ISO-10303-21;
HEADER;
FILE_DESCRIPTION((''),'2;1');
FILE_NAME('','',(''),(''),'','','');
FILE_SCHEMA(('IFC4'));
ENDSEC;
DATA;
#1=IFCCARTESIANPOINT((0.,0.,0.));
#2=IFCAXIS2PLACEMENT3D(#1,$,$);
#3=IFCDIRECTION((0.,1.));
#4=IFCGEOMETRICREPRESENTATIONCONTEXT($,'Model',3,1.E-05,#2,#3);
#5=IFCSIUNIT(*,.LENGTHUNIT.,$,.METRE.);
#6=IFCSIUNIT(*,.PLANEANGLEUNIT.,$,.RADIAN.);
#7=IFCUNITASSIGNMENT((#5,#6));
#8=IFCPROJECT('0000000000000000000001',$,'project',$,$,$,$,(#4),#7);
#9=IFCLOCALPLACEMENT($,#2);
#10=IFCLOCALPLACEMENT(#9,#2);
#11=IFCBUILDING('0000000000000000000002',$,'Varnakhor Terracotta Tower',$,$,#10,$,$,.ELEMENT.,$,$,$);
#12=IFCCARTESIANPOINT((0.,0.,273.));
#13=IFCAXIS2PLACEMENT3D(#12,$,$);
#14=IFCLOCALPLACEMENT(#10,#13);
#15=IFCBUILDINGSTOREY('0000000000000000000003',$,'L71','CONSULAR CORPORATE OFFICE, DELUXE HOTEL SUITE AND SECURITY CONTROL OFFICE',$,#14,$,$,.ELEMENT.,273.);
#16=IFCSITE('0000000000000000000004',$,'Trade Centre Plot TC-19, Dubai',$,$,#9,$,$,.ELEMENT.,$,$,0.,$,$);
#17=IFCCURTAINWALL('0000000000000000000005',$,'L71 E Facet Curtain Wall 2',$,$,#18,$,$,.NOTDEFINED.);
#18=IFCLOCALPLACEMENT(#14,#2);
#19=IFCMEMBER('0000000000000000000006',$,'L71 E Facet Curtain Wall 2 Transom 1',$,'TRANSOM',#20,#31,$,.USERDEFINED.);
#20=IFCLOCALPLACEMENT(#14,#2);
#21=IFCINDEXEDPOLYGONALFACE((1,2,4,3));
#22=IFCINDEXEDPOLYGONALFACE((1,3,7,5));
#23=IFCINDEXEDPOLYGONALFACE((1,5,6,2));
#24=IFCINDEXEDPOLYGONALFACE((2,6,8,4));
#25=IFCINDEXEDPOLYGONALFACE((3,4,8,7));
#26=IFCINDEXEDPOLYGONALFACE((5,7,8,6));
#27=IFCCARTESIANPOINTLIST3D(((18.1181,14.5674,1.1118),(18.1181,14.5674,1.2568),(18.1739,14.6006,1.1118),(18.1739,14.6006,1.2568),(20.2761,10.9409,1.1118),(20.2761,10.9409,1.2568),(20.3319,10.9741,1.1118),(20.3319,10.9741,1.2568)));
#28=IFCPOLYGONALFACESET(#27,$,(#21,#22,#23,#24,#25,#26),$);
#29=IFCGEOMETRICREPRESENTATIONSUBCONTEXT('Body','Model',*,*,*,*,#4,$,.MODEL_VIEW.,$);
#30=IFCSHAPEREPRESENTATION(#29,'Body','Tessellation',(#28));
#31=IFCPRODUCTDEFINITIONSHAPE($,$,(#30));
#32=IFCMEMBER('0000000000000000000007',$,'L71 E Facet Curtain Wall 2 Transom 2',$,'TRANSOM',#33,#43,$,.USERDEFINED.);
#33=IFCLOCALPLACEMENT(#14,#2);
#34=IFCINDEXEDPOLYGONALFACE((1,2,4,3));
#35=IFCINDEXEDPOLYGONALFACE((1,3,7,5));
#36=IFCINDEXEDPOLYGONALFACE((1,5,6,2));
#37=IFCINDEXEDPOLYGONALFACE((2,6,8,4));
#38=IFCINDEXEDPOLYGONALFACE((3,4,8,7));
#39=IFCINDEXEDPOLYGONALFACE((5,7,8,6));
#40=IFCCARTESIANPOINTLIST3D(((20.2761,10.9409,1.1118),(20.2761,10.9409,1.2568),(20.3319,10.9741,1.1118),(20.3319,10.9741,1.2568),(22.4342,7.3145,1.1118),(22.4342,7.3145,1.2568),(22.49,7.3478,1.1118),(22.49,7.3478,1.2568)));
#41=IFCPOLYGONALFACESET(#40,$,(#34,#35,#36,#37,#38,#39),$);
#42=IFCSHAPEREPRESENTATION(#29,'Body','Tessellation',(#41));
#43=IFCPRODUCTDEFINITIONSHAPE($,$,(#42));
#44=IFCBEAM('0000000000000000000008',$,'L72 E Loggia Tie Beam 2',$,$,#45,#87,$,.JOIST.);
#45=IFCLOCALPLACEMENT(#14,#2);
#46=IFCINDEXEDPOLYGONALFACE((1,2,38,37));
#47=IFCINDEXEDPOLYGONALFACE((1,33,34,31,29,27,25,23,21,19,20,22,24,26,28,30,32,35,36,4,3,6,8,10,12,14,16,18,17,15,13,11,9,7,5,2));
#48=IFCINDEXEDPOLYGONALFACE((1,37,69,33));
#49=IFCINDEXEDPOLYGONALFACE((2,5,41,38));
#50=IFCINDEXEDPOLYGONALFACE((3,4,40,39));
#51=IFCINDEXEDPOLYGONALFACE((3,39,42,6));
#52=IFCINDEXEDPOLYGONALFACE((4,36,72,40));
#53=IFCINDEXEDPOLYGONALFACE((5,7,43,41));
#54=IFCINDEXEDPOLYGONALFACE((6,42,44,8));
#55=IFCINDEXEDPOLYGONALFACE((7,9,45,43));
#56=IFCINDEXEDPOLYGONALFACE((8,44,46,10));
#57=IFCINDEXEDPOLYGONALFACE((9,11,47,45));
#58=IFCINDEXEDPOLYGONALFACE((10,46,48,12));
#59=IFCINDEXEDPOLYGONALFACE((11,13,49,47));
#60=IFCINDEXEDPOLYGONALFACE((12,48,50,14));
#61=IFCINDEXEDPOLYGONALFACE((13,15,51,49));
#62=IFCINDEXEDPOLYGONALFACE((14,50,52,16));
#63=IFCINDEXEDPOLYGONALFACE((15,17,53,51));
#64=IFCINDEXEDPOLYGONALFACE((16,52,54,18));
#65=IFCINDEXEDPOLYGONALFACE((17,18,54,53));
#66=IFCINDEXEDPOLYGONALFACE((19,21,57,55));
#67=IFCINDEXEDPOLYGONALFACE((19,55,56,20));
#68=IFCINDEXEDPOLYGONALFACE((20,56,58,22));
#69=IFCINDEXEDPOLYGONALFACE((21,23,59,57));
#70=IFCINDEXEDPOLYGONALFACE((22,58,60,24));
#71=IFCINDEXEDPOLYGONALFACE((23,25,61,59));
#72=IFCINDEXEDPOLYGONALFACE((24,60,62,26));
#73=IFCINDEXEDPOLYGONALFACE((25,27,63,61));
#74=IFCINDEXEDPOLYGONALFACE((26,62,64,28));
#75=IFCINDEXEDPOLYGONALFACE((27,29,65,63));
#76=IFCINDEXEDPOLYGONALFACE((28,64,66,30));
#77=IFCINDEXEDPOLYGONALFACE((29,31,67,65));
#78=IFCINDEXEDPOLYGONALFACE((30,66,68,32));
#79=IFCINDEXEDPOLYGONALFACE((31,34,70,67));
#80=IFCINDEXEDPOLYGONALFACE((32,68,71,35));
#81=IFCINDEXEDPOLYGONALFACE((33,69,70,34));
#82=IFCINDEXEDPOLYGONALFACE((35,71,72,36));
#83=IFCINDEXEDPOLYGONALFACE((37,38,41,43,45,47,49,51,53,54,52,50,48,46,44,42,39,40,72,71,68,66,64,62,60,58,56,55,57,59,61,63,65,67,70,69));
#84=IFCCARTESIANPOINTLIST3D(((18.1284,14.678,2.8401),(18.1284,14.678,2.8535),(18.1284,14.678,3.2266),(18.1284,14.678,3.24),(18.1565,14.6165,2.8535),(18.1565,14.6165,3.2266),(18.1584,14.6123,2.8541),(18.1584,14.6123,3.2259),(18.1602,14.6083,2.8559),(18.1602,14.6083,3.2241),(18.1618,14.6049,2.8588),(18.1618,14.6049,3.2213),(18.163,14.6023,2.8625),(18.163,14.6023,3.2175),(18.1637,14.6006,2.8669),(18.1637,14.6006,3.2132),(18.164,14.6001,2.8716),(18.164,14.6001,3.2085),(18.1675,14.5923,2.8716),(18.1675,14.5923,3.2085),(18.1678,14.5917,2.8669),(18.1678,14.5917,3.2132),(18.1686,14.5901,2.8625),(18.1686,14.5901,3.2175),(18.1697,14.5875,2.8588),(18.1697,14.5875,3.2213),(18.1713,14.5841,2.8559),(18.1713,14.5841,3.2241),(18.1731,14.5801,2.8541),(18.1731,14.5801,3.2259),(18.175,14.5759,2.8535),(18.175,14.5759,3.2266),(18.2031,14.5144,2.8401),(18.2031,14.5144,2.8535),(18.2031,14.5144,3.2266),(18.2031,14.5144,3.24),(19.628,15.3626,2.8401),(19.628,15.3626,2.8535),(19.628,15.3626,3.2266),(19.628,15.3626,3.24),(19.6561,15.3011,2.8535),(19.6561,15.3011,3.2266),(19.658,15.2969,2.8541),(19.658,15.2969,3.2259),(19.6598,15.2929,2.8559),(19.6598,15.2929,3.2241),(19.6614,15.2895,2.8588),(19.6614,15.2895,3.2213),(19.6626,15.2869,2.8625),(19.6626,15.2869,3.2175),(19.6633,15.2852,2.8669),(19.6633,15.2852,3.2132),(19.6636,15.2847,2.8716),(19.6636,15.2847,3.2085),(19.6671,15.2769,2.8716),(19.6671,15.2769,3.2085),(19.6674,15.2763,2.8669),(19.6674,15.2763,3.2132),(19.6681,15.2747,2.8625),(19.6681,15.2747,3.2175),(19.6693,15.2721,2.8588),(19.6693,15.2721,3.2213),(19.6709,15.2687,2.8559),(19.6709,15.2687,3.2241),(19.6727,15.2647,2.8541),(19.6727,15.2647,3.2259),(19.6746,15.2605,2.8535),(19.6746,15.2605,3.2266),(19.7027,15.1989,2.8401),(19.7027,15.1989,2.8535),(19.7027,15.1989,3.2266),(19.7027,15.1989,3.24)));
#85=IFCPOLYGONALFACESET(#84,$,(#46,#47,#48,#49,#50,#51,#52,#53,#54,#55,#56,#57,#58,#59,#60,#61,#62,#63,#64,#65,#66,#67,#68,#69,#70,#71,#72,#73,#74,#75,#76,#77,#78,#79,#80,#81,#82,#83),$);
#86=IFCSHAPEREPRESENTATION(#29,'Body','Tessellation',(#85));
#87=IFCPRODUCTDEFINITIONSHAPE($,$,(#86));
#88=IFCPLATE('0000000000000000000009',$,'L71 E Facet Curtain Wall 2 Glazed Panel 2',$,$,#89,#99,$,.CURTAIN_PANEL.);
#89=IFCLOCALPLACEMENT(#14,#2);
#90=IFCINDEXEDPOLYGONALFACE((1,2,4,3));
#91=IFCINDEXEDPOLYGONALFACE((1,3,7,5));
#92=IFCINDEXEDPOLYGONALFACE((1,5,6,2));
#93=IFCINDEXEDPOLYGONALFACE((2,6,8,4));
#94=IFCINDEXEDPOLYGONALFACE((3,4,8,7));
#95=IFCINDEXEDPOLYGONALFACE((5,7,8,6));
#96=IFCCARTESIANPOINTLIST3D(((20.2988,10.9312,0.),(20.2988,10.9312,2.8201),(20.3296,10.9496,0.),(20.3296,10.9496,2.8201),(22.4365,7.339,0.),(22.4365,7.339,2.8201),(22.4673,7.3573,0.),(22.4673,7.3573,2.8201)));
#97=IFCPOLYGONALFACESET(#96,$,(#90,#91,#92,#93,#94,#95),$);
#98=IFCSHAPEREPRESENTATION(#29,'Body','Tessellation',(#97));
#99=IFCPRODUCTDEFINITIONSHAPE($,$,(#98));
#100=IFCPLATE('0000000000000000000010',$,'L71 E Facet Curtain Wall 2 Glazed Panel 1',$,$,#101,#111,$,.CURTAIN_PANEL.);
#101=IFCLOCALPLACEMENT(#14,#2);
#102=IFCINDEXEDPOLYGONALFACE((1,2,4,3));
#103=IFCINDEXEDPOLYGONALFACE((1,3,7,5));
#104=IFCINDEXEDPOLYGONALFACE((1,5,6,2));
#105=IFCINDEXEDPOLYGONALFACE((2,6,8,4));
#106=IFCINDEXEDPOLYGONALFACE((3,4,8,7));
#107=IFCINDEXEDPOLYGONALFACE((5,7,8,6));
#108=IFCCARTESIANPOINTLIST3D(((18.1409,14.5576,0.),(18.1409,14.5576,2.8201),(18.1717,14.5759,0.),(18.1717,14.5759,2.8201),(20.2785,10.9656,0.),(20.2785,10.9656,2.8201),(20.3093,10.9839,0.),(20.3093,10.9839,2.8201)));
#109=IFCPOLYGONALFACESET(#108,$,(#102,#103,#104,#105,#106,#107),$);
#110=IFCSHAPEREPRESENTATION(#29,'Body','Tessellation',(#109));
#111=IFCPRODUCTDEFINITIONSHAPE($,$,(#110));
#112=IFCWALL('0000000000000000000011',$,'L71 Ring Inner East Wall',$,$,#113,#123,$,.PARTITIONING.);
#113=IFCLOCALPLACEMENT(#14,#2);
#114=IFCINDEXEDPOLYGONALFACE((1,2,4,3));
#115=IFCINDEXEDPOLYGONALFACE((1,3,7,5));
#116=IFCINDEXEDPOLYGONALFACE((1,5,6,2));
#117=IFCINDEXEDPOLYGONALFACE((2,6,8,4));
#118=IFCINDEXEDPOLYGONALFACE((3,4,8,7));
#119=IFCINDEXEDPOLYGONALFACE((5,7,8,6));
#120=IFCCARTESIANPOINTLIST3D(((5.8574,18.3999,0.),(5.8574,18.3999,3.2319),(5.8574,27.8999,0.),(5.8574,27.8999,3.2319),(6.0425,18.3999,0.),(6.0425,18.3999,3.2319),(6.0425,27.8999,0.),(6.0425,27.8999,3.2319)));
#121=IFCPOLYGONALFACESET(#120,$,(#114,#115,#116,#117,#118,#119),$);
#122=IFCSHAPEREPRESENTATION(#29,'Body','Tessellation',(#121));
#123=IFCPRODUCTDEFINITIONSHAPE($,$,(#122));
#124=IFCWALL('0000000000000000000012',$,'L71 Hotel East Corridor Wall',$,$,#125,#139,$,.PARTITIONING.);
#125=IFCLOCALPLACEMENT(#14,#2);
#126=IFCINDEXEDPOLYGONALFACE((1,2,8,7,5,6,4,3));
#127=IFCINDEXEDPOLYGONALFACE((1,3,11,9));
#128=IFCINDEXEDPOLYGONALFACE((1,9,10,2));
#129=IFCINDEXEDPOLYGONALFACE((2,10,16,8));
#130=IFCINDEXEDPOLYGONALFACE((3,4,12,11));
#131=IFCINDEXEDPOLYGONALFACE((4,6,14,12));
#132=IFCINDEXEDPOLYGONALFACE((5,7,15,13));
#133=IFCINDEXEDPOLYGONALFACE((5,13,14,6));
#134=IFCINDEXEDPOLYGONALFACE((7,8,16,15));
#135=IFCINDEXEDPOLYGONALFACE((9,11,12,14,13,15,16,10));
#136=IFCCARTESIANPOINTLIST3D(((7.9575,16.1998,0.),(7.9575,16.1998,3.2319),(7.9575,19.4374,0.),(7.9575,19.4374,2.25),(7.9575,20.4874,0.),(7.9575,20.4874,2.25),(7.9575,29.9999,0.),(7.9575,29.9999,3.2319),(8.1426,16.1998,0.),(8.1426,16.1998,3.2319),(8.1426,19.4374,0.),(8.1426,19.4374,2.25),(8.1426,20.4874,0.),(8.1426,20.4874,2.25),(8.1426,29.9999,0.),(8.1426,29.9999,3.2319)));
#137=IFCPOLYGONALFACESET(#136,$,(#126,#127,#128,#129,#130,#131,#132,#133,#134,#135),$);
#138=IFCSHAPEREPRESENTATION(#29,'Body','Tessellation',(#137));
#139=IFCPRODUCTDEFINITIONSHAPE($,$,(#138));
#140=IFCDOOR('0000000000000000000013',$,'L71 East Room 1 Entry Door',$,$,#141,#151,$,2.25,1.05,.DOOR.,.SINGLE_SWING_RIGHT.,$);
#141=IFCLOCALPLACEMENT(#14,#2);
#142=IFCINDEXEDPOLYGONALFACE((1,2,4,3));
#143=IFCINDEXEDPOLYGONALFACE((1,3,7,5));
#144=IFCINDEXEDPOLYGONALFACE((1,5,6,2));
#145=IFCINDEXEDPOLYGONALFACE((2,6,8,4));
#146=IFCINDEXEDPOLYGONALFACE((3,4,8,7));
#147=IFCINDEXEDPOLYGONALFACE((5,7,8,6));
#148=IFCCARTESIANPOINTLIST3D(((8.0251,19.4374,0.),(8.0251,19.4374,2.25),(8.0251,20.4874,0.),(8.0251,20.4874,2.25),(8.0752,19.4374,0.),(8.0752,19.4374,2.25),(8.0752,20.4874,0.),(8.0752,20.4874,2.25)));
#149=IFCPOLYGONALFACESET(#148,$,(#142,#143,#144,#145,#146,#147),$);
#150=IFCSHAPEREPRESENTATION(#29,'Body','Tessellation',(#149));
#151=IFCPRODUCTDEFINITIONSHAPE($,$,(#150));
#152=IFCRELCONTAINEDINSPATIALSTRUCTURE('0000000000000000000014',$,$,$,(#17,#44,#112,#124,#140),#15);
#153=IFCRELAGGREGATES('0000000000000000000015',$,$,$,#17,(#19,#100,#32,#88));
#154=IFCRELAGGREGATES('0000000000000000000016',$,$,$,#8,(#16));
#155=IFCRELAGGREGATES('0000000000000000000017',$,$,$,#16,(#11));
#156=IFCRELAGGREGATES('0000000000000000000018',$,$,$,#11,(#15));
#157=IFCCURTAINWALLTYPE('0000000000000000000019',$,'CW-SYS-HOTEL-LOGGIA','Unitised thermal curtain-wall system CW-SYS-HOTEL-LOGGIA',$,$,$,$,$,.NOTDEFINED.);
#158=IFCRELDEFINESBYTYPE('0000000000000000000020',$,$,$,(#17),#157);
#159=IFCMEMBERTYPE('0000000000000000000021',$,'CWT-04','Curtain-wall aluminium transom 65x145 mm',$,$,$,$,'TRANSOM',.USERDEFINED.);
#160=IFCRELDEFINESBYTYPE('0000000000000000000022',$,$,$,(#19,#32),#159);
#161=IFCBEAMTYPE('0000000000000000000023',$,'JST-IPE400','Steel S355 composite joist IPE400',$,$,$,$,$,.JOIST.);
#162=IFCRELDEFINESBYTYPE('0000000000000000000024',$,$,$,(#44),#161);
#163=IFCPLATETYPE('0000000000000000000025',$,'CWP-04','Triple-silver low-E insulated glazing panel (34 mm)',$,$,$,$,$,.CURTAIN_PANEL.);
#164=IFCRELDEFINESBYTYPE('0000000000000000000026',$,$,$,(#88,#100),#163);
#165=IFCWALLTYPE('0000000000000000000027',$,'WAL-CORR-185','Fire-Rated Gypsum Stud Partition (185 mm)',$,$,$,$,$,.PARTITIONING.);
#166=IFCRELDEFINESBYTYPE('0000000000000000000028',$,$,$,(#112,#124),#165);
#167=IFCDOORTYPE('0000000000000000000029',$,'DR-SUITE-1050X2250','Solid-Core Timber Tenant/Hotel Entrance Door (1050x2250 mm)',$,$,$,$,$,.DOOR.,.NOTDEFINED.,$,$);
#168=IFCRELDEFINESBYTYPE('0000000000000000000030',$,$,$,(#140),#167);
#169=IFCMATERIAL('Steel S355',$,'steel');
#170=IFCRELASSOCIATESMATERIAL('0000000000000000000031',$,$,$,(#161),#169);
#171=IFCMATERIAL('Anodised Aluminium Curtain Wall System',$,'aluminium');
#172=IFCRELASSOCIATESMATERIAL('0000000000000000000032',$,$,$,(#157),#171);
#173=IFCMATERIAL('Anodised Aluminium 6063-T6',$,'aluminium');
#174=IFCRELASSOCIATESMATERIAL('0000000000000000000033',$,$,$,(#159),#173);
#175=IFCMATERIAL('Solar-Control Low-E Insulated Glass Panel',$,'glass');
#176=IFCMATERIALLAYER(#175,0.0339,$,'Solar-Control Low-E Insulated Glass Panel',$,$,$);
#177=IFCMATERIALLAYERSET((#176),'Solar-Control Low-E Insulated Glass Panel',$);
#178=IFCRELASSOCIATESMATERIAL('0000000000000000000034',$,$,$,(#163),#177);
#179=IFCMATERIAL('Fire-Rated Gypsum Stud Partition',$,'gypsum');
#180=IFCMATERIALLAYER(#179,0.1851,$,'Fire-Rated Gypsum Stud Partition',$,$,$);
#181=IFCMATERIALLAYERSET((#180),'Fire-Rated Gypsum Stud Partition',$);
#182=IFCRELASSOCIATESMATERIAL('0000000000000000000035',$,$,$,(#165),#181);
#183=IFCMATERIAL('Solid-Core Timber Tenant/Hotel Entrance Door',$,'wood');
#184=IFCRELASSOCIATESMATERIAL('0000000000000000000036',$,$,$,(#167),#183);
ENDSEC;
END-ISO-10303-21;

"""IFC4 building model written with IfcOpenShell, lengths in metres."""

from ifc_helpers import new_model, si_unit, direction, frame, frame_2d, origin, origin_2d, place, context, subcontext, project, spatial, rectangle, i_section, extrude, source, transform, mapped, material, layer, layer_set, material_profile, profile_set, type_object, type_shapes, element, fill, aggregate, save


model = new_model("IFC4")

# Units and contexts
model_context = context("Model", 3, precision=1e-05, world=origin(), true_north=direction((0.0, 1.0)))
body_context = subcontext(model_context, "Body", "Model", "MODEL_VIEW")
ifc_project = project(units=[si_unit("LENGTHUNIT", "METRE"), si_unit("PLANEANGLEUNIT", "RADIAN")], contexts=[model_context])

# Site, building, storey
site_placement = place(None, origin())
site = spatial("IfcSite", under=ifc_project, at=site_placement, Name="Trade Centre Plot TC-19, Dubai", CompositionType="ELEMENT", RefElevation=0.0)
building_placement = place(site_placement, origin())
building = spatial("IfcBuilding", under=site, at=building_placement, Name="Varnakhor Terracotta Tower", CompositionType="ELEMENT")
storey_placement = place(building_placement, frame((0.0, 0.0, 273.0)))
storey = spatial("IfcBuildingStorey", under=building, at=storey_placement, Name="L71", Description="CONSULAR CORPORATE OFFICE, DELUXE HOTEL SUITE AND SECURITY CONTROL OFFICE", CompositionType="ELEMENT", Elevation=273.0)

# Shared definitions
ifc_material_1 = material(Name="Steel S355", Category="steel")
ifc_material_profile_1 = material_profile(ifc_material_1, i_section(OverallWidth=0.1799, OverallDepth=0.3999, WebThickness=0.0085, FlangeThickness=0.0134, FilletRadius=0.0181, at=origin_2d()), Name="IPE400")
ifc_profile_set_1 = profile_set([ifc_material_profile_1], Name="Steel S355")
beam_type_1 = type_object("IfcBeamType", Name="JST-IPE400", Description="Steel S355 composite joist IPE400", PredefinedType="JOIST", material=ifc_profile_set_1)

# Curtain wall, members
ifc_material_2 = material(Name="Anodised Aluminium Curtain Wall System", Category="aluminium")
curtain_wall_type = type_object("IfcCurtainWallType", Name="CW-SYS-HOTEL-LOGGIA", Description="Unitised thermal curtain-wall system CW-SYS-HOTEL-LOGGIA", PredefinedType="NOTDEFINED", material=ifc_material_2)
curtain_wall_placement = place(storey_placement, origin())
curtain_wall = element("IfcCurtainWall", 1, at=curtain_wall_placement, inside=storey, type_object=curtain_wall_type, Name="L71 E Facet Curtain Wall 2", PredefinedType="NOTDEFINED")
ifc_material_3 = material(Name="Anodised Aluminium 6063-T6", Category="aluminium")
ifc_material_profile_2 = material_profile(ifc_material_3, rectangle(XDim=0.0649, YDim=0.145, at=origin_2d()), Name="ALU TRANSOM 65x145")
ifc_profile_set_2 = profile_set([ifc_material_profile_2], Name="Anodised Aluminium 6063-T6")
member_type_1 = type_object("IfcMemberType", Name="CWT-04", Description="Curtain-wall aluminium transom 65x145 mm", ElementType="TRANSOM", PredefinedType="USERDEFINED", material=ifc_profile_set_2)
shared_shape_1 = source(origin(), body_context, "Body", "SweptSolid", [
    extrude(rectangle(XDim=0.0649, YDim=0.145, at=origin_2d()), origin(), (0.0, 0.0, 1.0), 4.22),
])
member_1_placement = place(storey_placement, frame((18.146, 14.584, 1.1843), z_axis=(0.51137, -0.859361, 0.0), x_axis=(0.859361, 0.51137, 0.0)))
member_1 = element("IfcMember", 2, at=member_1_placement, type_object=member_type_1, Name="L71 E Facet Curtain Wall 2 Transom 1", ObjectType="TRANSOM", PredefinedType="USERDEFINED", context=body_context, shape_type="MappedRepresentation", body=[
    mapped(shared_shape_1, transform((0.0, 0.0, 0.0), scale=1.0)),
])
member_2_placement = place(storey_placement, frame((20.304, 10.9575, 1.1843), z_axis=(0.511413, -0.859335, 0.0), x_axis=(0.859335, 0.511413, 0.0)))
member_2 = element("IfcMember", 3, at=member_2_placement, type_object=member_type_1, Name="L71 E Facet Curtain Wall 2 Transom 2", ObjectType="TRANSOM", PredefinedType="USERDEFINED", context=body_context, shape_type="MappedRepresentation", body=[
    mapped(shared_shape_1, transform((0.0, 0.0, 0.0), scale=1.0)),
])

# Beam
shared_shape_2 = source(origin(), body_context, "Body", "SweptSolid", [
    extrude(i_section(OverallWidth=0.1799, OverallDepth=0.3999, WebThickness=0.0085, FlangeThickness=0.0134, FilletRadius=0.0181, at=origin_2d()), origin(), (0.0, 0.0, 1.0), 1.6484),
])
beam_1_placement = place(storey_placement, frame((18.1658, 14.5962, 3.04), z_axis=(0.909686, 0.415298, 0.0), x_axis=(-0.415298, 0.909686, 0.0)))
element("IfcBeam", 4, at=beam_1_placement, inside=storey, type_object=beam_type_1, Name="L72 E Loggia Tie Beam 2", PredefinedType="JOIST", context=body_context, shape_type="MappedRepresentation", body=[
    mapped(shared_shape_2, transform((0.0, 0.0, 0.0), scale=1.0)),
])

# Plates
ifc_material_4 = material(Name="Solar-Control Low-E Insulated Glass Panel", Category="glass")
ifc_layer_1 = layer(ifc_material_4, 0.0339, Name="Solar-Control Low-E Insulated Glass Panel")
ifc_layer_set_1 = layer_set([ifc_layer_1], Name="Solar-Control Low-E Insulated Glass Panel")
plate_type = type_object("IfcPlateType", Name="CWP-04", Description="Triple-silver low-E insulated glazing panel (34 mm)", PredefinedType="CURTAIN_PANEL", material=ifc_layer_set_1)
shared_shape_3 = source(origin(), body_context, "Body", "SweptSolid", [
    extrude(rectangle(XDim=4.1802, YDim=0.0359, at=origin_2d()), origin(), (0.0, 0.0, 1.0), 2.8201),
])
plate_1_placement = place(storey_placement, frame((21.3831, 9.1443, 0.0), z_axis=(0.0, 0.0, 1.0), x_axis=(0.511383, -0.859353, 0.0)))
plate_1 = element("IfcPlate", 5, at=plate_1_placement, type_object=plate_type, Name="L71 E Facet Curtain Wall 2 Glazed Panel 2", PredefinedType="CURTAIN_PANEL", context=body_context, shape_type="MappedRepresentation", body=[
    mapped(shared_shape_3, transform((0.0, 0.0, 0.0), scale=1.0)),
])
shared_shape_4 = source(origin(), body_context, "Body", "SweptSolid", [
    extrude(rectangle(XDim=4.1799, YDim=0.0359, at=origin_2d()), origin(), (0.0, 0.0, 1.0), 2.8201),
])
plate_2_placement = place(storey_placement, frame((19.2251, 12.7708, 0.0), z_axis=(0.0, 0.0, 1.0), x_axis=(0.511383, -0.859353, 0.0)))
plate_2 = element("IfcPlate", 6, at=plate_2_placement, type_object=plate_type, Name="L71 E Facet Curtain Wall 2 Glazed Panel 1", PredefinedType="CURTAIN_PANEL", context=body_context, shape_type="MappedRepresentation", body=[
    mapped(shared_shape_4, transform((0.0, 0.0, 0.0), scale=1.0)),
])
aggregate(curtain_wall, [member_1, plate_2, member_2, plate_1])

# Wall
ifc_material_5 = material(Name="Fire-Rated Gypsum Stud Partition", Category="gypsum")
ifc_layer_2 = layer(ifc_material_5, 0.1851, Name="Fire-Rated Gypsum Stud Partition")
ifc_layer_set_2 = layer_set([ifc_layer_2], Name="Fire-Rated Gypsum Stud Partition")
wall_type_1 = type_object("IfcWallType", Name="WAL-CORR-185", Description="Fire-Rated Gypsum Stud Partition (185 mm)", PredefinedType="PARTITIONING", material=ifc_layer_set_2)
wall_1_placement = place(storey_placement, frame((5.95, 18.3999, 0.0), z_axis=(0.0, 0.0, 1.0), x_axis=(0.0, 1.0, 0.0)))
element("IfcWall", 7, at=wall_1_placement, inside=storey, type_object=wall_type_1, Name="L71 Ring Inner East Wall", PredefinedType="PARTITIONING", context=body_context, shape_type="SweptSolid", body=[
    extrude(rectangle(XDim=9.5, YDim=0.1851, at=frame_2d((4.75, 0.0))), origin(), (0.0, 0.0, 1.0), 3.2319),
])

# Wall, opening, door
wall_2_placement = place(storey_placement, frame((8.05, 16.2, 0.0), z_axis=(0.0, 0.0, 1.0), x_axis=(0.0, 1.0, 0.0)))
wall_2 = element("IfcWall", 8, at=wall_2_placement, inside=storey, type_object=wall_type_1, Name="L71 Hotel East Corridor Wall", PredefinedType="PARTITIONING", context=body_context, shape_type="SweptSolid", body=[
    extrude(rectangle(XDim=13.8, YDim=0.1851, at=frame_2d((6.8999, 0.0))), origin(), (0.0, 0.0, 1.0), 3.2319),
])
opening_1_placement = place(wall_2_placement, frame((3.2375, 0.0, 0.0)))
opening_1 = element("IfcOpeningElement", 9, at=opening_1_placement, cuts=wall_2, PredefinedType="OPENING", context=body_context, shape_type="SweptSolid", body=[
    extrude(rectangle(XDim=1.05, YDim=2.25, at=frame_2d((0.5249, 1.125))), frame((0.0, 0.1025, 0.0), z_axis=(0.0, -1.0, 0.0), x_axis=(1.0, 0.0, 0.0)), (0.0, 0.0, 1.0), 0.2051),
])
ifc_material_6 = material(Name="Solid-Core Timber Tenant/Hotel Entrance Door", Category="wood")
door_type_1 = type_object("IfcDoorType", Name="DR-SUITE-1050X2250", Description="Solid-Core Timber Tenant/Hotel Entrance Door (1050x2250 mm)", OperationType="NOTDEFINED", PredefinedType="DOOR", material=ifc_material_6)
shared_shape_5 = source(origin(), body_context, "Body", "SweptSolid", [
    extrude(rectangle(XDim=1.05, YDim=2.25, at=frame_2d((0.5249, 1.125))), frame((0.0, 0.0249, 0.0), z_axis=(0.0, -1.0, 0.0), x_axis=(1.0, 0.0, 0.0)), (0.0, 0.0, 1.0), 0.05),
])
type_shapes(door_type_1, [shared_shape_5])
door_1_placement = place(opening_1_placement, origin())
door_1 = element("IfcDoor", 10, at=door_1_placement, inside=storey, type_object=door_type_1, Name="L71 East Room 1 Entry Door", OperationType="SINGLE_SWING_RIGHT", OverallHeight=2.25, OverallWidth=1.05, PredefinedType="DOOR", context=body_context, shape_type="MappedRepresentation", body=[
    mapped(shared_shape_5, transform((0.0, 0.0, 0.0), scale=1.0)),
])
fill(opening_1, door_1)

save(model, "model.ifc")
